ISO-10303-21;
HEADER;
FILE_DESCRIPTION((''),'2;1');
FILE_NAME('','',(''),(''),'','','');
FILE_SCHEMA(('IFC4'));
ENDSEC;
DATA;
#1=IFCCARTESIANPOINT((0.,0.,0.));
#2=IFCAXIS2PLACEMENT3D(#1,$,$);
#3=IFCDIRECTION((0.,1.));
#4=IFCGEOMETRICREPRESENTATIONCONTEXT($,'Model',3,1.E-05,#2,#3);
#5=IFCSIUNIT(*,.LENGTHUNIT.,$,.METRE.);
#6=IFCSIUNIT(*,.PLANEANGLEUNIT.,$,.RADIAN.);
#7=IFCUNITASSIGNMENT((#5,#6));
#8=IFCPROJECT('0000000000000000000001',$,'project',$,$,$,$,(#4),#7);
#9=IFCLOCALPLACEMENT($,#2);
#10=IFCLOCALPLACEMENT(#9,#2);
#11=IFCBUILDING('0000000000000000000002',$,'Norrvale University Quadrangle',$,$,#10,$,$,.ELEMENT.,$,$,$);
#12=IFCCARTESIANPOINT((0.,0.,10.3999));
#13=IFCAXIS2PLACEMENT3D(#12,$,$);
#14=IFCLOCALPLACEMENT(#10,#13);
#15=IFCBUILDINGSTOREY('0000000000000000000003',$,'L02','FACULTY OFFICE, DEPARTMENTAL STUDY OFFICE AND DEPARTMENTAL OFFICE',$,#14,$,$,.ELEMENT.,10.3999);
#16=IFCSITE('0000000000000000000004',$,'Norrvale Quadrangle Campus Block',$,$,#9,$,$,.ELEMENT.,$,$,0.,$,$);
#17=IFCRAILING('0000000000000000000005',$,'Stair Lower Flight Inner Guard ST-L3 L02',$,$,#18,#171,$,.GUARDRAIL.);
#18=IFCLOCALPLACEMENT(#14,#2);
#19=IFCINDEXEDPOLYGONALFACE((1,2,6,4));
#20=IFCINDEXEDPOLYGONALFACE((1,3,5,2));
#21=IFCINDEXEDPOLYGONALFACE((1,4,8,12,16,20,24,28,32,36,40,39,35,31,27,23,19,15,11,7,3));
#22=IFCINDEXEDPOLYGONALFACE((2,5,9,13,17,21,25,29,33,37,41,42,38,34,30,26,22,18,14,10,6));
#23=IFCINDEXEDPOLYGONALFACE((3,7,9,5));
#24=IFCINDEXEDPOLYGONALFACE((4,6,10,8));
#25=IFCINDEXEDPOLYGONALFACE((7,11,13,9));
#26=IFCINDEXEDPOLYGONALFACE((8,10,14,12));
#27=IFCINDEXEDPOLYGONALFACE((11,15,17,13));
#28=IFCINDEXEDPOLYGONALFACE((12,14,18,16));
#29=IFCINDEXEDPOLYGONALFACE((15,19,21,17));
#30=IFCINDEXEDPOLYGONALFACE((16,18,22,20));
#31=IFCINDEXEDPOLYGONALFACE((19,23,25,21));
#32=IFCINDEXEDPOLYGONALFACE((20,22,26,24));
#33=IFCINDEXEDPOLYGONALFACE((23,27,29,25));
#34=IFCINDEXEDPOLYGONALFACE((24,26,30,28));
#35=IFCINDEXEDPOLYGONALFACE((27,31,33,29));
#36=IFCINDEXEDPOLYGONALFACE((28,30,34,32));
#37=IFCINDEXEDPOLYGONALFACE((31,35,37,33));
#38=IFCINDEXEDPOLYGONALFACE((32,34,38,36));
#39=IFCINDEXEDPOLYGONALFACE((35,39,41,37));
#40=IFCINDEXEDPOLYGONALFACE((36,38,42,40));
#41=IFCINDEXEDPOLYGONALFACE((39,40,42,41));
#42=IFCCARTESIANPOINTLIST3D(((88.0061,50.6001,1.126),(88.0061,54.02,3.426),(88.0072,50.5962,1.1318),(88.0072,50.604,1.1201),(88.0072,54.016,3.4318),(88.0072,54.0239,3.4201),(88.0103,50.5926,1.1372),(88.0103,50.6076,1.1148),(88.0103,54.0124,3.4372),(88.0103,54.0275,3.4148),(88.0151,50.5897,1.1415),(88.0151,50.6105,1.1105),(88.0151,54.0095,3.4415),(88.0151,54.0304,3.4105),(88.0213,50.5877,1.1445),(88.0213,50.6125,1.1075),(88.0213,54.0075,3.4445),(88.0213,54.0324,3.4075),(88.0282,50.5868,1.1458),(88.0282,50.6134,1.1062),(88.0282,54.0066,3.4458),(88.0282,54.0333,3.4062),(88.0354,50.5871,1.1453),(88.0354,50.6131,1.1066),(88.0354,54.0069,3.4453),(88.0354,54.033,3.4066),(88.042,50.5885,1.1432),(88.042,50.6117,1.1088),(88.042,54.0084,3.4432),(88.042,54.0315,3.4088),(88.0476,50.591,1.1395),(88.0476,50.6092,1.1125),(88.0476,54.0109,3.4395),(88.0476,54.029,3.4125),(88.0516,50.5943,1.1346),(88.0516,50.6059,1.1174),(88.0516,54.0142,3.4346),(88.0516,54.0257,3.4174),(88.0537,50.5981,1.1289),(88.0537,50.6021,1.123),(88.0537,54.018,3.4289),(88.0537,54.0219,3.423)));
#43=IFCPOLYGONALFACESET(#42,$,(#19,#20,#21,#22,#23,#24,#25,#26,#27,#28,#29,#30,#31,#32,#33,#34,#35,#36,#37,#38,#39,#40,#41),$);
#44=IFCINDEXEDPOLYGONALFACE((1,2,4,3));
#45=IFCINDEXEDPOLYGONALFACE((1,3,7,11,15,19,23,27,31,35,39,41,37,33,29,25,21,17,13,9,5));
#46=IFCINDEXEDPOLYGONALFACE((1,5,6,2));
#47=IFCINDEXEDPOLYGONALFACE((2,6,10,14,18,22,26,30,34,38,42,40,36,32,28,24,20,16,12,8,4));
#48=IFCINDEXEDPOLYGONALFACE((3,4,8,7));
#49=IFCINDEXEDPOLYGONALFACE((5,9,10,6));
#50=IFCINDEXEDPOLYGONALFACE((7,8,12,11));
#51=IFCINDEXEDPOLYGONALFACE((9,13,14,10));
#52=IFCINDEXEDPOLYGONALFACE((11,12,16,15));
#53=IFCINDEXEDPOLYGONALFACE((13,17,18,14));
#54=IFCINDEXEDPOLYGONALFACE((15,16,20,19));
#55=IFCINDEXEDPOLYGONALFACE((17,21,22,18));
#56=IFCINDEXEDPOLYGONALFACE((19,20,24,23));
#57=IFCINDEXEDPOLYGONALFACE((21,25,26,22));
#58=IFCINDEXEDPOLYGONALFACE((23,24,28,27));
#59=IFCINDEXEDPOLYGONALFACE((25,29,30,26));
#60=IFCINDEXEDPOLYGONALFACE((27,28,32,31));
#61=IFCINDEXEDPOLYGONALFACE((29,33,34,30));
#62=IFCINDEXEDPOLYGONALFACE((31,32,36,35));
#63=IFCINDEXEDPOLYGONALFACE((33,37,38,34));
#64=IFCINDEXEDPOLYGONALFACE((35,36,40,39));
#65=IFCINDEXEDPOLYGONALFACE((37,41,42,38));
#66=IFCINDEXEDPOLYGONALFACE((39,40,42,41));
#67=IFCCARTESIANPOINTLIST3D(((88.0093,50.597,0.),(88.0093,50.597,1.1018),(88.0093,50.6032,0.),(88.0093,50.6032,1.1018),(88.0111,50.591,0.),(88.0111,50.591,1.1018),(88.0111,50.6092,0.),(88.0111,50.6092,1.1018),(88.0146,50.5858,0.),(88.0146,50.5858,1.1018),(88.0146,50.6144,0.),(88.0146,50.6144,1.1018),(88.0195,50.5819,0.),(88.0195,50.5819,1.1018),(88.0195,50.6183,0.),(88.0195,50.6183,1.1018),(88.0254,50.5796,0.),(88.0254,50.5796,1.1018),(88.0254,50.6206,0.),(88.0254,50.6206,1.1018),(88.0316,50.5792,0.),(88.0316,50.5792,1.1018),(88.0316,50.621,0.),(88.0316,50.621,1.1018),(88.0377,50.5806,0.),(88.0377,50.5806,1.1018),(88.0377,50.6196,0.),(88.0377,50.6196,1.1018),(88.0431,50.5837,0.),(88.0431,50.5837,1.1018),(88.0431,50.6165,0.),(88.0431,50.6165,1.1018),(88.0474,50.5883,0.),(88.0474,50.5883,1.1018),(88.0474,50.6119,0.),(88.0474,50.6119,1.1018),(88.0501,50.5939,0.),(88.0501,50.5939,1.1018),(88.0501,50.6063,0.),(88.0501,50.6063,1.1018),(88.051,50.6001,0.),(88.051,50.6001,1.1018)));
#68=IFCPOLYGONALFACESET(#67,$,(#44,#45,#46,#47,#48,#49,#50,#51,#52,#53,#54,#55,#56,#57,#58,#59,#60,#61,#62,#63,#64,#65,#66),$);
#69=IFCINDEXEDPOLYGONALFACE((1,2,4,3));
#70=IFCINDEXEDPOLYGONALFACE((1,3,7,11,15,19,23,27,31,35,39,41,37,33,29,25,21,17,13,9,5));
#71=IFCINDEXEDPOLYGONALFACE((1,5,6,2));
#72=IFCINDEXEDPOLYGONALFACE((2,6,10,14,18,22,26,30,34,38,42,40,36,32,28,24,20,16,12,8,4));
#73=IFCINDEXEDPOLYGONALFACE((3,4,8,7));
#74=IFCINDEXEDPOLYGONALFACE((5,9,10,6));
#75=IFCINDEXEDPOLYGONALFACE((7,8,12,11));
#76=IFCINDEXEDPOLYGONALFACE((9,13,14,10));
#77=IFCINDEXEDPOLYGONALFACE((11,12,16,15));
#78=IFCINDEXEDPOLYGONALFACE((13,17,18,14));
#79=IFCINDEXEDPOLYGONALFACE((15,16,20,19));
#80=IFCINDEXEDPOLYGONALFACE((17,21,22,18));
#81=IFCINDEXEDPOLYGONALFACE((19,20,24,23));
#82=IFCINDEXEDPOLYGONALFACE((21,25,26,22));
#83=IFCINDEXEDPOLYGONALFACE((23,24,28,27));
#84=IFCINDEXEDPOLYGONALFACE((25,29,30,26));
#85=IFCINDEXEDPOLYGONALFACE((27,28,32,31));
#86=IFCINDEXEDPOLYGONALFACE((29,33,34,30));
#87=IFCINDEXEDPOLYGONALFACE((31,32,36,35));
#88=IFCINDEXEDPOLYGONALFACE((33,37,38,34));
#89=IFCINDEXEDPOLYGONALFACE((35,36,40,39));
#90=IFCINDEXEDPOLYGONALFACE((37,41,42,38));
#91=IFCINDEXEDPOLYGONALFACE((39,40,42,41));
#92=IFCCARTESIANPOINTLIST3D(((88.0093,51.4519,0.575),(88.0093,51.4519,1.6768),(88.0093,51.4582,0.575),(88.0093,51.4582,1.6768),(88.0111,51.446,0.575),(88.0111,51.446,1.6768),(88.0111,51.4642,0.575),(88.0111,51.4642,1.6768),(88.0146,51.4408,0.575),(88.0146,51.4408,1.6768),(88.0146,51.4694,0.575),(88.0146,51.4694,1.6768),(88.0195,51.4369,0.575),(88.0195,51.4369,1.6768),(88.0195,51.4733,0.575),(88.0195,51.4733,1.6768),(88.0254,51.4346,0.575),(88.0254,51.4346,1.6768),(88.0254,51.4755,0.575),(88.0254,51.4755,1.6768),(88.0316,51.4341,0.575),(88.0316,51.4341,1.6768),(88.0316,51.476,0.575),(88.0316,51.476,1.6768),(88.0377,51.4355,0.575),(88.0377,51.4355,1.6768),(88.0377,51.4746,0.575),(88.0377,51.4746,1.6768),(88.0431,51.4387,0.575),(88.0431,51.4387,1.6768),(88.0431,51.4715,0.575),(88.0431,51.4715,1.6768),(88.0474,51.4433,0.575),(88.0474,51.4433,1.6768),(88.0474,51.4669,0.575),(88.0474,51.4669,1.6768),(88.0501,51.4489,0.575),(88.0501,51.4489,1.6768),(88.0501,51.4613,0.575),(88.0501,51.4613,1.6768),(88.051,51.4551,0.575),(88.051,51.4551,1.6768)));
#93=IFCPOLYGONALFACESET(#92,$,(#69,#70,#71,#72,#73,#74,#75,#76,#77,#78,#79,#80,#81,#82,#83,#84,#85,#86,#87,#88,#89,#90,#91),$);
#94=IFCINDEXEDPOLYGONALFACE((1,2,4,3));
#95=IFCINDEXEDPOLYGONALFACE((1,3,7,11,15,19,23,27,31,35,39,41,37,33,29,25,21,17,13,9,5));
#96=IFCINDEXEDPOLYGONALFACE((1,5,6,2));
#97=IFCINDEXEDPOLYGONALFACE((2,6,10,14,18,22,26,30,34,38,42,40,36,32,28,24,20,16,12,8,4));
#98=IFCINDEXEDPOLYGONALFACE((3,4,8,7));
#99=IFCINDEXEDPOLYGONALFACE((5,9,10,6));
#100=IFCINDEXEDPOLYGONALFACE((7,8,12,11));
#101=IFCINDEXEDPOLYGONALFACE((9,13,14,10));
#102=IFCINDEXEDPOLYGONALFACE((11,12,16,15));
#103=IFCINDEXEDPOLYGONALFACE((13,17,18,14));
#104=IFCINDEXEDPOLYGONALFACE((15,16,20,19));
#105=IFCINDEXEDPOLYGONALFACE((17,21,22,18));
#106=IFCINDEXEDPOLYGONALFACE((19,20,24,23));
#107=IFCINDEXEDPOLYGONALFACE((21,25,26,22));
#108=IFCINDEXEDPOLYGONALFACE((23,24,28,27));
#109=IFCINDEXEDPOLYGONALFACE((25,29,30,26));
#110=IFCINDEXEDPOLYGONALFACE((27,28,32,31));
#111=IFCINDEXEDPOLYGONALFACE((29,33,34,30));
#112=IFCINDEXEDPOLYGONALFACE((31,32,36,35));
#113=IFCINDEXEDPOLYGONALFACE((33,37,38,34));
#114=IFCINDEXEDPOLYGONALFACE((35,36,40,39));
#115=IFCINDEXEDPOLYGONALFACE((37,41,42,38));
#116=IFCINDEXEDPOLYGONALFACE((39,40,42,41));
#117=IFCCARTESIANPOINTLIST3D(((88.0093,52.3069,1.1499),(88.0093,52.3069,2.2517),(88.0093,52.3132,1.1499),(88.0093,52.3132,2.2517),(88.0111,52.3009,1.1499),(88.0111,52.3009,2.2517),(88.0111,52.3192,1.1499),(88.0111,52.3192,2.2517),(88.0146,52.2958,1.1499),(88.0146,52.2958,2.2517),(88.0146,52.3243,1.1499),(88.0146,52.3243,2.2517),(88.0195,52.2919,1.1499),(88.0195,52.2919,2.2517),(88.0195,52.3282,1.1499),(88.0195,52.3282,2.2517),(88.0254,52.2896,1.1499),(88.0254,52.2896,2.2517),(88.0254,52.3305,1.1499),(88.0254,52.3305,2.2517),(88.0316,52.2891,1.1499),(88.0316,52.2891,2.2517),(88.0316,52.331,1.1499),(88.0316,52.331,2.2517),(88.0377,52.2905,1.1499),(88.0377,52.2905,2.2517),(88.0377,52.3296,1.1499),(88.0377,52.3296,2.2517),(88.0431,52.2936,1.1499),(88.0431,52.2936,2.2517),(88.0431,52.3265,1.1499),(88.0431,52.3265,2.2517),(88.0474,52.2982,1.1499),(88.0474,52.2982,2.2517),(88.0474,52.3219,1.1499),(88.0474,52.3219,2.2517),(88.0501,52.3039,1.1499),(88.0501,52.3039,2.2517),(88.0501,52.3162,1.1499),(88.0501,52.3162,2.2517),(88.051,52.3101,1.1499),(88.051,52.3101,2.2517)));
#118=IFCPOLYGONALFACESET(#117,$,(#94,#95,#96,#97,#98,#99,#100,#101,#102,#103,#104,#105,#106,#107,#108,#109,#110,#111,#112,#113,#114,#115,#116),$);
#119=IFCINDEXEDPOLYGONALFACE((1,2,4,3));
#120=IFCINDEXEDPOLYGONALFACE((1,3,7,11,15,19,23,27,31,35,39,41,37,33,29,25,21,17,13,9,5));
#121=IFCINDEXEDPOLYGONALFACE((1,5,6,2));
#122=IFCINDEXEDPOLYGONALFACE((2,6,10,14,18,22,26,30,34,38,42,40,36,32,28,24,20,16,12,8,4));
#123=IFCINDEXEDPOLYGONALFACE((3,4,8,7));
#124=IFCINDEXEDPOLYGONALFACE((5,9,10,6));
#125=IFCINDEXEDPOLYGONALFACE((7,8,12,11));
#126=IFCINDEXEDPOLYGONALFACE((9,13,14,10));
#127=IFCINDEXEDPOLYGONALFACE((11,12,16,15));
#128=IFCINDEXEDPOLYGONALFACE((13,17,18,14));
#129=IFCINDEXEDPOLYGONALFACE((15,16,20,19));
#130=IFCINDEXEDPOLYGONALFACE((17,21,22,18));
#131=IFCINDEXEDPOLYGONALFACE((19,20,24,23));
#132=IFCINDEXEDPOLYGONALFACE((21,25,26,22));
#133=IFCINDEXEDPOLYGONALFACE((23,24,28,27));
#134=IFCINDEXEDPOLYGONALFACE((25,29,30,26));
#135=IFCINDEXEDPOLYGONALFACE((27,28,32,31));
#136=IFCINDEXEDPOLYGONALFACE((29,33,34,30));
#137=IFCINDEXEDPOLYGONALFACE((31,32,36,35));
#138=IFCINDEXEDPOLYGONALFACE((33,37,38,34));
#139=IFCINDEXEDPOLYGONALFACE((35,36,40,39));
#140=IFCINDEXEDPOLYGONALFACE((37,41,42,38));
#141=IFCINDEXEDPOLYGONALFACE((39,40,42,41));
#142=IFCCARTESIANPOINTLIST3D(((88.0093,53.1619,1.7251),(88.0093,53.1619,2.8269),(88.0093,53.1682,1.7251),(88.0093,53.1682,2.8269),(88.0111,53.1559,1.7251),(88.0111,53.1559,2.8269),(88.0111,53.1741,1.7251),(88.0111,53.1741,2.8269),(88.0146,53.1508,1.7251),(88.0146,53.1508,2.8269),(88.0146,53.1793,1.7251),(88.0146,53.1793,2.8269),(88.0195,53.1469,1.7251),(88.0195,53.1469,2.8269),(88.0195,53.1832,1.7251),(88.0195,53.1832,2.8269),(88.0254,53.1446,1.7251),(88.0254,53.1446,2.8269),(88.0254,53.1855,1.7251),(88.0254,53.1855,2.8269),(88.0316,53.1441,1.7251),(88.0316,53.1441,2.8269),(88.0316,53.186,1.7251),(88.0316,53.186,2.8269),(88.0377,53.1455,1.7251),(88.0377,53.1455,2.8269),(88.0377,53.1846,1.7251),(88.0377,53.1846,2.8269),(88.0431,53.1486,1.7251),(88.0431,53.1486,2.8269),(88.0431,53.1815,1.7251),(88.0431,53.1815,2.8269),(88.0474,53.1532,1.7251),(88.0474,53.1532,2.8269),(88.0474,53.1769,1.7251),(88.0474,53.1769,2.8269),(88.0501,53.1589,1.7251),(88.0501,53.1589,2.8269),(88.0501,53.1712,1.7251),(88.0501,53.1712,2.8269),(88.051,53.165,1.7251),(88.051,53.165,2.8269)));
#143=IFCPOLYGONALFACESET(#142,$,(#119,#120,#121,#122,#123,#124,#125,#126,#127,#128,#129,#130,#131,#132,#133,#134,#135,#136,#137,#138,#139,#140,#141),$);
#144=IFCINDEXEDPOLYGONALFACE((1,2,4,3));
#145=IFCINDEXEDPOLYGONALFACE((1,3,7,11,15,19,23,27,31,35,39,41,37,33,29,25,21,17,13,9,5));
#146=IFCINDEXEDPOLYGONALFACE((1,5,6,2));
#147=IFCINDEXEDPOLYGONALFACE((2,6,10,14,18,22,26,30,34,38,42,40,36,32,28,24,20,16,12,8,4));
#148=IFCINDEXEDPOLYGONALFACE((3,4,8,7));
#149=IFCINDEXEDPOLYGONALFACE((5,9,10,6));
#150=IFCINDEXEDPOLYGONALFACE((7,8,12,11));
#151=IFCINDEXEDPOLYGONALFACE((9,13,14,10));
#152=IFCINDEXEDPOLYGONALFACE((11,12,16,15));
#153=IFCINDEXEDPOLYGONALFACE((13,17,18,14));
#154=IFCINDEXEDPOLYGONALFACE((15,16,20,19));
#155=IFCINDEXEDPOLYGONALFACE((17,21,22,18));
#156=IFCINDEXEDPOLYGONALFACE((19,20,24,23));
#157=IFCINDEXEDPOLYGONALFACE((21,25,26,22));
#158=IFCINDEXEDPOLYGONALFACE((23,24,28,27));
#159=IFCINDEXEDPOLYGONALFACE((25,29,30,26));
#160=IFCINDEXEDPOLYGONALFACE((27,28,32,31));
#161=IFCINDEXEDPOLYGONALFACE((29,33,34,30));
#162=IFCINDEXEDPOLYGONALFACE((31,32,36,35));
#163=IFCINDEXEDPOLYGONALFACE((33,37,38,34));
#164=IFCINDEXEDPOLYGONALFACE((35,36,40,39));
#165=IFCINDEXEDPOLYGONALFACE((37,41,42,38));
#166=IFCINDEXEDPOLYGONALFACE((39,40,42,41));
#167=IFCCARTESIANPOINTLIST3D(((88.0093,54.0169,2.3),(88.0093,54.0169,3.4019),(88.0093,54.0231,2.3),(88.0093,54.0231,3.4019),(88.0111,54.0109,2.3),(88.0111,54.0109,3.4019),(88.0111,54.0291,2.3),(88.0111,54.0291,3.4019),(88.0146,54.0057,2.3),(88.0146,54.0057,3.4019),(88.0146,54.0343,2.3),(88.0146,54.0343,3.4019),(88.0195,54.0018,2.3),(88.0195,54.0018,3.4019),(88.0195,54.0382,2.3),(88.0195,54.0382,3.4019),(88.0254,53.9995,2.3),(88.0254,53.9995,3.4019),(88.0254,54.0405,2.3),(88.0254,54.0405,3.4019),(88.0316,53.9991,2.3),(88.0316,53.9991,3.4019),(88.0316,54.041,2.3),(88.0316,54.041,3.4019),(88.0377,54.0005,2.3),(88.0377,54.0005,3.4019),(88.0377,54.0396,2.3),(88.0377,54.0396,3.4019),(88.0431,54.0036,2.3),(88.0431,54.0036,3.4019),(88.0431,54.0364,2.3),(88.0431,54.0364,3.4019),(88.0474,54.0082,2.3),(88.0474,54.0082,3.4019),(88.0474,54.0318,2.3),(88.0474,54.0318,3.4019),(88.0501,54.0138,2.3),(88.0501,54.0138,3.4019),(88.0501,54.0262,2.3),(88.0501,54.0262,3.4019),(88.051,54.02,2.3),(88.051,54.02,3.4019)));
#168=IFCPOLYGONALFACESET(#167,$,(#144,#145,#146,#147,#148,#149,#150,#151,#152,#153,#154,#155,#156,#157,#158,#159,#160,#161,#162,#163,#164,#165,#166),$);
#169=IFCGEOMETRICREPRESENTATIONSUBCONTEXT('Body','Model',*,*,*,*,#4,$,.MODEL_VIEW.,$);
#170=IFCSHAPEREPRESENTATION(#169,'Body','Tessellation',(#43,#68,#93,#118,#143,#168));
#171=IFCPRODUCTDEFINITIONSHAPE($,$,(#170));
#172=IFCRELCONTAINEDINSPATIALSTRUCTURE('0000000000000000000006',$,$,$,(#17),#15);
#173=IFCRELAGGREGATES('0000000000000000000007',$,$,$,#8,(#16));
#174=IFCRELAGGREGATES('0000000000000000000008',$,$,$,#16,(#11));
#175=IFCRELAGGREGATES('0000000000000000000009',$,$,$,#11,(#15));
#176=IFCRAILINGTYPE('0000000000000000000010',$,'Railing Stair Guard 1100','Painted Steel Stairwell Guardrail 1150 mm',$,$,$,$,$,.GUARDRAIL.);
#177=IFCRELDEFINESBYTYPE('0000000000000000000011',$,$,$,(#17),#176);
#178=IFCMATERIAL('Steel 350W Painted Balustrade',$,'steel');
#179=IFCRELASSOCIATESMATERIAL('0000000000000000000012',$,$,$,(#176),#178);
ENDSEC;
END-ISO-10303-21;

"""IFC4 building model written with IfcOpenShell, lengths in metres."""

from ifc_helpers import new_model, si_unit, direction, frame, origin, origin_2d, place, context, subcontext, project, spatial, circle, extrude, material, type_object, element, save


model = new_model("IFC4")

# Units and contexts
model_context = context("Model", 3, precision=1e-05, world=origin(), true_north=direction((0.0, 1.0)))
body_context = subcontext(model_context, "Body", "Model", "MODEL_VIEW")
ifc_project = project(units=[si_unit("LENGTHUNIT", "METRE"), si_unit("PLANEANGLEUNIT", "RADIAN")], contexts=[model_context])

# Site, building, storey
site_placement = place(None, origin())
site = spatial("IfcSite", under=ifc_project, at=site_placement, Name="Norrvale Quadrangle Campus Block", CompositionType="ELEMENT", RefElevation=0.0)
building_placement = place(site_placement, origin())
building = spatial("IfcBuilding", under=site, at=building_placement, Name="Norrvale University Quadrangle", CompositionType="ELEMENT")
storey_placement = place(building_placement, frame((0.0, 0.0, 10.3999)))
storey = spatial("IfcBuildingStorey", under=building, at=storey_placement, Name="L02", Description="FACULTY OFFICE, DEPARTMENTAL STUDY OFFICE AND DEPARTMENTAL OFFICE", CompositionType="ELEMENT", Elevation=10.3999)

# Railing
ifc_material_1 = material(Name="Steel 350W Painted Balustrade", Category="steel")
railing_type_1 = type_object("IfcRailingType", Name="Railing Stair Guard 1100", Description="Painted Steel Stairwell Guardrail 1150 mm", PredefinedType="GUARDRAIL", material=ifc_material_1)
railing_1_placement = place(storey_placement, frame((88.03, 50.6001, 0.0)))
element("IfcRailing", 1, at=railing_1_placement, inside=storey, type_object=railing_type_1, Name="Stair Lower Flight Inner Guard ST-L3 L02", PredefinedType="GUARDRAIL", context=body_context, shape_type="SweptSolid", body=[
    extrude(circle(Radius=0.0239, at=origin_2d()), frame((0.0, 0.0, 1.126), z_axis=(0.0, 0.829792, 0.558072), x_axis=(-1.0, 0.0, 0.0)), (0.0, 0.0, 1.0), 4.1213),
    extrude(circle(Radius=0.021, at=origin_2d()), origin(), (0.0, 0.0, 1.0), 1.1018),
    extrude(circle(Radius=0.021, at=origin_2d()), frame((0.0, 0.855, 0.575)), (0.0, 0.0, 1.0), 1.1018),
    extrude(circle(Radius=0.021, at=origin_2d()), frame((0.0, 1.71, 1.1499)), (0.0, 0.0, 1.0), 1.1018),
    extrude(circle(Radius=0.021, at=origin_2d()), frame((0.0, 2.5649, 1.7251)), (0.0, 0.0, 1.0), 1.1018),
    extrude(circle(Radius=0.021, at=origin_2d()), frame((0.0, 3.4199, 2.3)), (0.0, 0.0, 1.0), 1.1018),
])

save(model, "model.ifc")
